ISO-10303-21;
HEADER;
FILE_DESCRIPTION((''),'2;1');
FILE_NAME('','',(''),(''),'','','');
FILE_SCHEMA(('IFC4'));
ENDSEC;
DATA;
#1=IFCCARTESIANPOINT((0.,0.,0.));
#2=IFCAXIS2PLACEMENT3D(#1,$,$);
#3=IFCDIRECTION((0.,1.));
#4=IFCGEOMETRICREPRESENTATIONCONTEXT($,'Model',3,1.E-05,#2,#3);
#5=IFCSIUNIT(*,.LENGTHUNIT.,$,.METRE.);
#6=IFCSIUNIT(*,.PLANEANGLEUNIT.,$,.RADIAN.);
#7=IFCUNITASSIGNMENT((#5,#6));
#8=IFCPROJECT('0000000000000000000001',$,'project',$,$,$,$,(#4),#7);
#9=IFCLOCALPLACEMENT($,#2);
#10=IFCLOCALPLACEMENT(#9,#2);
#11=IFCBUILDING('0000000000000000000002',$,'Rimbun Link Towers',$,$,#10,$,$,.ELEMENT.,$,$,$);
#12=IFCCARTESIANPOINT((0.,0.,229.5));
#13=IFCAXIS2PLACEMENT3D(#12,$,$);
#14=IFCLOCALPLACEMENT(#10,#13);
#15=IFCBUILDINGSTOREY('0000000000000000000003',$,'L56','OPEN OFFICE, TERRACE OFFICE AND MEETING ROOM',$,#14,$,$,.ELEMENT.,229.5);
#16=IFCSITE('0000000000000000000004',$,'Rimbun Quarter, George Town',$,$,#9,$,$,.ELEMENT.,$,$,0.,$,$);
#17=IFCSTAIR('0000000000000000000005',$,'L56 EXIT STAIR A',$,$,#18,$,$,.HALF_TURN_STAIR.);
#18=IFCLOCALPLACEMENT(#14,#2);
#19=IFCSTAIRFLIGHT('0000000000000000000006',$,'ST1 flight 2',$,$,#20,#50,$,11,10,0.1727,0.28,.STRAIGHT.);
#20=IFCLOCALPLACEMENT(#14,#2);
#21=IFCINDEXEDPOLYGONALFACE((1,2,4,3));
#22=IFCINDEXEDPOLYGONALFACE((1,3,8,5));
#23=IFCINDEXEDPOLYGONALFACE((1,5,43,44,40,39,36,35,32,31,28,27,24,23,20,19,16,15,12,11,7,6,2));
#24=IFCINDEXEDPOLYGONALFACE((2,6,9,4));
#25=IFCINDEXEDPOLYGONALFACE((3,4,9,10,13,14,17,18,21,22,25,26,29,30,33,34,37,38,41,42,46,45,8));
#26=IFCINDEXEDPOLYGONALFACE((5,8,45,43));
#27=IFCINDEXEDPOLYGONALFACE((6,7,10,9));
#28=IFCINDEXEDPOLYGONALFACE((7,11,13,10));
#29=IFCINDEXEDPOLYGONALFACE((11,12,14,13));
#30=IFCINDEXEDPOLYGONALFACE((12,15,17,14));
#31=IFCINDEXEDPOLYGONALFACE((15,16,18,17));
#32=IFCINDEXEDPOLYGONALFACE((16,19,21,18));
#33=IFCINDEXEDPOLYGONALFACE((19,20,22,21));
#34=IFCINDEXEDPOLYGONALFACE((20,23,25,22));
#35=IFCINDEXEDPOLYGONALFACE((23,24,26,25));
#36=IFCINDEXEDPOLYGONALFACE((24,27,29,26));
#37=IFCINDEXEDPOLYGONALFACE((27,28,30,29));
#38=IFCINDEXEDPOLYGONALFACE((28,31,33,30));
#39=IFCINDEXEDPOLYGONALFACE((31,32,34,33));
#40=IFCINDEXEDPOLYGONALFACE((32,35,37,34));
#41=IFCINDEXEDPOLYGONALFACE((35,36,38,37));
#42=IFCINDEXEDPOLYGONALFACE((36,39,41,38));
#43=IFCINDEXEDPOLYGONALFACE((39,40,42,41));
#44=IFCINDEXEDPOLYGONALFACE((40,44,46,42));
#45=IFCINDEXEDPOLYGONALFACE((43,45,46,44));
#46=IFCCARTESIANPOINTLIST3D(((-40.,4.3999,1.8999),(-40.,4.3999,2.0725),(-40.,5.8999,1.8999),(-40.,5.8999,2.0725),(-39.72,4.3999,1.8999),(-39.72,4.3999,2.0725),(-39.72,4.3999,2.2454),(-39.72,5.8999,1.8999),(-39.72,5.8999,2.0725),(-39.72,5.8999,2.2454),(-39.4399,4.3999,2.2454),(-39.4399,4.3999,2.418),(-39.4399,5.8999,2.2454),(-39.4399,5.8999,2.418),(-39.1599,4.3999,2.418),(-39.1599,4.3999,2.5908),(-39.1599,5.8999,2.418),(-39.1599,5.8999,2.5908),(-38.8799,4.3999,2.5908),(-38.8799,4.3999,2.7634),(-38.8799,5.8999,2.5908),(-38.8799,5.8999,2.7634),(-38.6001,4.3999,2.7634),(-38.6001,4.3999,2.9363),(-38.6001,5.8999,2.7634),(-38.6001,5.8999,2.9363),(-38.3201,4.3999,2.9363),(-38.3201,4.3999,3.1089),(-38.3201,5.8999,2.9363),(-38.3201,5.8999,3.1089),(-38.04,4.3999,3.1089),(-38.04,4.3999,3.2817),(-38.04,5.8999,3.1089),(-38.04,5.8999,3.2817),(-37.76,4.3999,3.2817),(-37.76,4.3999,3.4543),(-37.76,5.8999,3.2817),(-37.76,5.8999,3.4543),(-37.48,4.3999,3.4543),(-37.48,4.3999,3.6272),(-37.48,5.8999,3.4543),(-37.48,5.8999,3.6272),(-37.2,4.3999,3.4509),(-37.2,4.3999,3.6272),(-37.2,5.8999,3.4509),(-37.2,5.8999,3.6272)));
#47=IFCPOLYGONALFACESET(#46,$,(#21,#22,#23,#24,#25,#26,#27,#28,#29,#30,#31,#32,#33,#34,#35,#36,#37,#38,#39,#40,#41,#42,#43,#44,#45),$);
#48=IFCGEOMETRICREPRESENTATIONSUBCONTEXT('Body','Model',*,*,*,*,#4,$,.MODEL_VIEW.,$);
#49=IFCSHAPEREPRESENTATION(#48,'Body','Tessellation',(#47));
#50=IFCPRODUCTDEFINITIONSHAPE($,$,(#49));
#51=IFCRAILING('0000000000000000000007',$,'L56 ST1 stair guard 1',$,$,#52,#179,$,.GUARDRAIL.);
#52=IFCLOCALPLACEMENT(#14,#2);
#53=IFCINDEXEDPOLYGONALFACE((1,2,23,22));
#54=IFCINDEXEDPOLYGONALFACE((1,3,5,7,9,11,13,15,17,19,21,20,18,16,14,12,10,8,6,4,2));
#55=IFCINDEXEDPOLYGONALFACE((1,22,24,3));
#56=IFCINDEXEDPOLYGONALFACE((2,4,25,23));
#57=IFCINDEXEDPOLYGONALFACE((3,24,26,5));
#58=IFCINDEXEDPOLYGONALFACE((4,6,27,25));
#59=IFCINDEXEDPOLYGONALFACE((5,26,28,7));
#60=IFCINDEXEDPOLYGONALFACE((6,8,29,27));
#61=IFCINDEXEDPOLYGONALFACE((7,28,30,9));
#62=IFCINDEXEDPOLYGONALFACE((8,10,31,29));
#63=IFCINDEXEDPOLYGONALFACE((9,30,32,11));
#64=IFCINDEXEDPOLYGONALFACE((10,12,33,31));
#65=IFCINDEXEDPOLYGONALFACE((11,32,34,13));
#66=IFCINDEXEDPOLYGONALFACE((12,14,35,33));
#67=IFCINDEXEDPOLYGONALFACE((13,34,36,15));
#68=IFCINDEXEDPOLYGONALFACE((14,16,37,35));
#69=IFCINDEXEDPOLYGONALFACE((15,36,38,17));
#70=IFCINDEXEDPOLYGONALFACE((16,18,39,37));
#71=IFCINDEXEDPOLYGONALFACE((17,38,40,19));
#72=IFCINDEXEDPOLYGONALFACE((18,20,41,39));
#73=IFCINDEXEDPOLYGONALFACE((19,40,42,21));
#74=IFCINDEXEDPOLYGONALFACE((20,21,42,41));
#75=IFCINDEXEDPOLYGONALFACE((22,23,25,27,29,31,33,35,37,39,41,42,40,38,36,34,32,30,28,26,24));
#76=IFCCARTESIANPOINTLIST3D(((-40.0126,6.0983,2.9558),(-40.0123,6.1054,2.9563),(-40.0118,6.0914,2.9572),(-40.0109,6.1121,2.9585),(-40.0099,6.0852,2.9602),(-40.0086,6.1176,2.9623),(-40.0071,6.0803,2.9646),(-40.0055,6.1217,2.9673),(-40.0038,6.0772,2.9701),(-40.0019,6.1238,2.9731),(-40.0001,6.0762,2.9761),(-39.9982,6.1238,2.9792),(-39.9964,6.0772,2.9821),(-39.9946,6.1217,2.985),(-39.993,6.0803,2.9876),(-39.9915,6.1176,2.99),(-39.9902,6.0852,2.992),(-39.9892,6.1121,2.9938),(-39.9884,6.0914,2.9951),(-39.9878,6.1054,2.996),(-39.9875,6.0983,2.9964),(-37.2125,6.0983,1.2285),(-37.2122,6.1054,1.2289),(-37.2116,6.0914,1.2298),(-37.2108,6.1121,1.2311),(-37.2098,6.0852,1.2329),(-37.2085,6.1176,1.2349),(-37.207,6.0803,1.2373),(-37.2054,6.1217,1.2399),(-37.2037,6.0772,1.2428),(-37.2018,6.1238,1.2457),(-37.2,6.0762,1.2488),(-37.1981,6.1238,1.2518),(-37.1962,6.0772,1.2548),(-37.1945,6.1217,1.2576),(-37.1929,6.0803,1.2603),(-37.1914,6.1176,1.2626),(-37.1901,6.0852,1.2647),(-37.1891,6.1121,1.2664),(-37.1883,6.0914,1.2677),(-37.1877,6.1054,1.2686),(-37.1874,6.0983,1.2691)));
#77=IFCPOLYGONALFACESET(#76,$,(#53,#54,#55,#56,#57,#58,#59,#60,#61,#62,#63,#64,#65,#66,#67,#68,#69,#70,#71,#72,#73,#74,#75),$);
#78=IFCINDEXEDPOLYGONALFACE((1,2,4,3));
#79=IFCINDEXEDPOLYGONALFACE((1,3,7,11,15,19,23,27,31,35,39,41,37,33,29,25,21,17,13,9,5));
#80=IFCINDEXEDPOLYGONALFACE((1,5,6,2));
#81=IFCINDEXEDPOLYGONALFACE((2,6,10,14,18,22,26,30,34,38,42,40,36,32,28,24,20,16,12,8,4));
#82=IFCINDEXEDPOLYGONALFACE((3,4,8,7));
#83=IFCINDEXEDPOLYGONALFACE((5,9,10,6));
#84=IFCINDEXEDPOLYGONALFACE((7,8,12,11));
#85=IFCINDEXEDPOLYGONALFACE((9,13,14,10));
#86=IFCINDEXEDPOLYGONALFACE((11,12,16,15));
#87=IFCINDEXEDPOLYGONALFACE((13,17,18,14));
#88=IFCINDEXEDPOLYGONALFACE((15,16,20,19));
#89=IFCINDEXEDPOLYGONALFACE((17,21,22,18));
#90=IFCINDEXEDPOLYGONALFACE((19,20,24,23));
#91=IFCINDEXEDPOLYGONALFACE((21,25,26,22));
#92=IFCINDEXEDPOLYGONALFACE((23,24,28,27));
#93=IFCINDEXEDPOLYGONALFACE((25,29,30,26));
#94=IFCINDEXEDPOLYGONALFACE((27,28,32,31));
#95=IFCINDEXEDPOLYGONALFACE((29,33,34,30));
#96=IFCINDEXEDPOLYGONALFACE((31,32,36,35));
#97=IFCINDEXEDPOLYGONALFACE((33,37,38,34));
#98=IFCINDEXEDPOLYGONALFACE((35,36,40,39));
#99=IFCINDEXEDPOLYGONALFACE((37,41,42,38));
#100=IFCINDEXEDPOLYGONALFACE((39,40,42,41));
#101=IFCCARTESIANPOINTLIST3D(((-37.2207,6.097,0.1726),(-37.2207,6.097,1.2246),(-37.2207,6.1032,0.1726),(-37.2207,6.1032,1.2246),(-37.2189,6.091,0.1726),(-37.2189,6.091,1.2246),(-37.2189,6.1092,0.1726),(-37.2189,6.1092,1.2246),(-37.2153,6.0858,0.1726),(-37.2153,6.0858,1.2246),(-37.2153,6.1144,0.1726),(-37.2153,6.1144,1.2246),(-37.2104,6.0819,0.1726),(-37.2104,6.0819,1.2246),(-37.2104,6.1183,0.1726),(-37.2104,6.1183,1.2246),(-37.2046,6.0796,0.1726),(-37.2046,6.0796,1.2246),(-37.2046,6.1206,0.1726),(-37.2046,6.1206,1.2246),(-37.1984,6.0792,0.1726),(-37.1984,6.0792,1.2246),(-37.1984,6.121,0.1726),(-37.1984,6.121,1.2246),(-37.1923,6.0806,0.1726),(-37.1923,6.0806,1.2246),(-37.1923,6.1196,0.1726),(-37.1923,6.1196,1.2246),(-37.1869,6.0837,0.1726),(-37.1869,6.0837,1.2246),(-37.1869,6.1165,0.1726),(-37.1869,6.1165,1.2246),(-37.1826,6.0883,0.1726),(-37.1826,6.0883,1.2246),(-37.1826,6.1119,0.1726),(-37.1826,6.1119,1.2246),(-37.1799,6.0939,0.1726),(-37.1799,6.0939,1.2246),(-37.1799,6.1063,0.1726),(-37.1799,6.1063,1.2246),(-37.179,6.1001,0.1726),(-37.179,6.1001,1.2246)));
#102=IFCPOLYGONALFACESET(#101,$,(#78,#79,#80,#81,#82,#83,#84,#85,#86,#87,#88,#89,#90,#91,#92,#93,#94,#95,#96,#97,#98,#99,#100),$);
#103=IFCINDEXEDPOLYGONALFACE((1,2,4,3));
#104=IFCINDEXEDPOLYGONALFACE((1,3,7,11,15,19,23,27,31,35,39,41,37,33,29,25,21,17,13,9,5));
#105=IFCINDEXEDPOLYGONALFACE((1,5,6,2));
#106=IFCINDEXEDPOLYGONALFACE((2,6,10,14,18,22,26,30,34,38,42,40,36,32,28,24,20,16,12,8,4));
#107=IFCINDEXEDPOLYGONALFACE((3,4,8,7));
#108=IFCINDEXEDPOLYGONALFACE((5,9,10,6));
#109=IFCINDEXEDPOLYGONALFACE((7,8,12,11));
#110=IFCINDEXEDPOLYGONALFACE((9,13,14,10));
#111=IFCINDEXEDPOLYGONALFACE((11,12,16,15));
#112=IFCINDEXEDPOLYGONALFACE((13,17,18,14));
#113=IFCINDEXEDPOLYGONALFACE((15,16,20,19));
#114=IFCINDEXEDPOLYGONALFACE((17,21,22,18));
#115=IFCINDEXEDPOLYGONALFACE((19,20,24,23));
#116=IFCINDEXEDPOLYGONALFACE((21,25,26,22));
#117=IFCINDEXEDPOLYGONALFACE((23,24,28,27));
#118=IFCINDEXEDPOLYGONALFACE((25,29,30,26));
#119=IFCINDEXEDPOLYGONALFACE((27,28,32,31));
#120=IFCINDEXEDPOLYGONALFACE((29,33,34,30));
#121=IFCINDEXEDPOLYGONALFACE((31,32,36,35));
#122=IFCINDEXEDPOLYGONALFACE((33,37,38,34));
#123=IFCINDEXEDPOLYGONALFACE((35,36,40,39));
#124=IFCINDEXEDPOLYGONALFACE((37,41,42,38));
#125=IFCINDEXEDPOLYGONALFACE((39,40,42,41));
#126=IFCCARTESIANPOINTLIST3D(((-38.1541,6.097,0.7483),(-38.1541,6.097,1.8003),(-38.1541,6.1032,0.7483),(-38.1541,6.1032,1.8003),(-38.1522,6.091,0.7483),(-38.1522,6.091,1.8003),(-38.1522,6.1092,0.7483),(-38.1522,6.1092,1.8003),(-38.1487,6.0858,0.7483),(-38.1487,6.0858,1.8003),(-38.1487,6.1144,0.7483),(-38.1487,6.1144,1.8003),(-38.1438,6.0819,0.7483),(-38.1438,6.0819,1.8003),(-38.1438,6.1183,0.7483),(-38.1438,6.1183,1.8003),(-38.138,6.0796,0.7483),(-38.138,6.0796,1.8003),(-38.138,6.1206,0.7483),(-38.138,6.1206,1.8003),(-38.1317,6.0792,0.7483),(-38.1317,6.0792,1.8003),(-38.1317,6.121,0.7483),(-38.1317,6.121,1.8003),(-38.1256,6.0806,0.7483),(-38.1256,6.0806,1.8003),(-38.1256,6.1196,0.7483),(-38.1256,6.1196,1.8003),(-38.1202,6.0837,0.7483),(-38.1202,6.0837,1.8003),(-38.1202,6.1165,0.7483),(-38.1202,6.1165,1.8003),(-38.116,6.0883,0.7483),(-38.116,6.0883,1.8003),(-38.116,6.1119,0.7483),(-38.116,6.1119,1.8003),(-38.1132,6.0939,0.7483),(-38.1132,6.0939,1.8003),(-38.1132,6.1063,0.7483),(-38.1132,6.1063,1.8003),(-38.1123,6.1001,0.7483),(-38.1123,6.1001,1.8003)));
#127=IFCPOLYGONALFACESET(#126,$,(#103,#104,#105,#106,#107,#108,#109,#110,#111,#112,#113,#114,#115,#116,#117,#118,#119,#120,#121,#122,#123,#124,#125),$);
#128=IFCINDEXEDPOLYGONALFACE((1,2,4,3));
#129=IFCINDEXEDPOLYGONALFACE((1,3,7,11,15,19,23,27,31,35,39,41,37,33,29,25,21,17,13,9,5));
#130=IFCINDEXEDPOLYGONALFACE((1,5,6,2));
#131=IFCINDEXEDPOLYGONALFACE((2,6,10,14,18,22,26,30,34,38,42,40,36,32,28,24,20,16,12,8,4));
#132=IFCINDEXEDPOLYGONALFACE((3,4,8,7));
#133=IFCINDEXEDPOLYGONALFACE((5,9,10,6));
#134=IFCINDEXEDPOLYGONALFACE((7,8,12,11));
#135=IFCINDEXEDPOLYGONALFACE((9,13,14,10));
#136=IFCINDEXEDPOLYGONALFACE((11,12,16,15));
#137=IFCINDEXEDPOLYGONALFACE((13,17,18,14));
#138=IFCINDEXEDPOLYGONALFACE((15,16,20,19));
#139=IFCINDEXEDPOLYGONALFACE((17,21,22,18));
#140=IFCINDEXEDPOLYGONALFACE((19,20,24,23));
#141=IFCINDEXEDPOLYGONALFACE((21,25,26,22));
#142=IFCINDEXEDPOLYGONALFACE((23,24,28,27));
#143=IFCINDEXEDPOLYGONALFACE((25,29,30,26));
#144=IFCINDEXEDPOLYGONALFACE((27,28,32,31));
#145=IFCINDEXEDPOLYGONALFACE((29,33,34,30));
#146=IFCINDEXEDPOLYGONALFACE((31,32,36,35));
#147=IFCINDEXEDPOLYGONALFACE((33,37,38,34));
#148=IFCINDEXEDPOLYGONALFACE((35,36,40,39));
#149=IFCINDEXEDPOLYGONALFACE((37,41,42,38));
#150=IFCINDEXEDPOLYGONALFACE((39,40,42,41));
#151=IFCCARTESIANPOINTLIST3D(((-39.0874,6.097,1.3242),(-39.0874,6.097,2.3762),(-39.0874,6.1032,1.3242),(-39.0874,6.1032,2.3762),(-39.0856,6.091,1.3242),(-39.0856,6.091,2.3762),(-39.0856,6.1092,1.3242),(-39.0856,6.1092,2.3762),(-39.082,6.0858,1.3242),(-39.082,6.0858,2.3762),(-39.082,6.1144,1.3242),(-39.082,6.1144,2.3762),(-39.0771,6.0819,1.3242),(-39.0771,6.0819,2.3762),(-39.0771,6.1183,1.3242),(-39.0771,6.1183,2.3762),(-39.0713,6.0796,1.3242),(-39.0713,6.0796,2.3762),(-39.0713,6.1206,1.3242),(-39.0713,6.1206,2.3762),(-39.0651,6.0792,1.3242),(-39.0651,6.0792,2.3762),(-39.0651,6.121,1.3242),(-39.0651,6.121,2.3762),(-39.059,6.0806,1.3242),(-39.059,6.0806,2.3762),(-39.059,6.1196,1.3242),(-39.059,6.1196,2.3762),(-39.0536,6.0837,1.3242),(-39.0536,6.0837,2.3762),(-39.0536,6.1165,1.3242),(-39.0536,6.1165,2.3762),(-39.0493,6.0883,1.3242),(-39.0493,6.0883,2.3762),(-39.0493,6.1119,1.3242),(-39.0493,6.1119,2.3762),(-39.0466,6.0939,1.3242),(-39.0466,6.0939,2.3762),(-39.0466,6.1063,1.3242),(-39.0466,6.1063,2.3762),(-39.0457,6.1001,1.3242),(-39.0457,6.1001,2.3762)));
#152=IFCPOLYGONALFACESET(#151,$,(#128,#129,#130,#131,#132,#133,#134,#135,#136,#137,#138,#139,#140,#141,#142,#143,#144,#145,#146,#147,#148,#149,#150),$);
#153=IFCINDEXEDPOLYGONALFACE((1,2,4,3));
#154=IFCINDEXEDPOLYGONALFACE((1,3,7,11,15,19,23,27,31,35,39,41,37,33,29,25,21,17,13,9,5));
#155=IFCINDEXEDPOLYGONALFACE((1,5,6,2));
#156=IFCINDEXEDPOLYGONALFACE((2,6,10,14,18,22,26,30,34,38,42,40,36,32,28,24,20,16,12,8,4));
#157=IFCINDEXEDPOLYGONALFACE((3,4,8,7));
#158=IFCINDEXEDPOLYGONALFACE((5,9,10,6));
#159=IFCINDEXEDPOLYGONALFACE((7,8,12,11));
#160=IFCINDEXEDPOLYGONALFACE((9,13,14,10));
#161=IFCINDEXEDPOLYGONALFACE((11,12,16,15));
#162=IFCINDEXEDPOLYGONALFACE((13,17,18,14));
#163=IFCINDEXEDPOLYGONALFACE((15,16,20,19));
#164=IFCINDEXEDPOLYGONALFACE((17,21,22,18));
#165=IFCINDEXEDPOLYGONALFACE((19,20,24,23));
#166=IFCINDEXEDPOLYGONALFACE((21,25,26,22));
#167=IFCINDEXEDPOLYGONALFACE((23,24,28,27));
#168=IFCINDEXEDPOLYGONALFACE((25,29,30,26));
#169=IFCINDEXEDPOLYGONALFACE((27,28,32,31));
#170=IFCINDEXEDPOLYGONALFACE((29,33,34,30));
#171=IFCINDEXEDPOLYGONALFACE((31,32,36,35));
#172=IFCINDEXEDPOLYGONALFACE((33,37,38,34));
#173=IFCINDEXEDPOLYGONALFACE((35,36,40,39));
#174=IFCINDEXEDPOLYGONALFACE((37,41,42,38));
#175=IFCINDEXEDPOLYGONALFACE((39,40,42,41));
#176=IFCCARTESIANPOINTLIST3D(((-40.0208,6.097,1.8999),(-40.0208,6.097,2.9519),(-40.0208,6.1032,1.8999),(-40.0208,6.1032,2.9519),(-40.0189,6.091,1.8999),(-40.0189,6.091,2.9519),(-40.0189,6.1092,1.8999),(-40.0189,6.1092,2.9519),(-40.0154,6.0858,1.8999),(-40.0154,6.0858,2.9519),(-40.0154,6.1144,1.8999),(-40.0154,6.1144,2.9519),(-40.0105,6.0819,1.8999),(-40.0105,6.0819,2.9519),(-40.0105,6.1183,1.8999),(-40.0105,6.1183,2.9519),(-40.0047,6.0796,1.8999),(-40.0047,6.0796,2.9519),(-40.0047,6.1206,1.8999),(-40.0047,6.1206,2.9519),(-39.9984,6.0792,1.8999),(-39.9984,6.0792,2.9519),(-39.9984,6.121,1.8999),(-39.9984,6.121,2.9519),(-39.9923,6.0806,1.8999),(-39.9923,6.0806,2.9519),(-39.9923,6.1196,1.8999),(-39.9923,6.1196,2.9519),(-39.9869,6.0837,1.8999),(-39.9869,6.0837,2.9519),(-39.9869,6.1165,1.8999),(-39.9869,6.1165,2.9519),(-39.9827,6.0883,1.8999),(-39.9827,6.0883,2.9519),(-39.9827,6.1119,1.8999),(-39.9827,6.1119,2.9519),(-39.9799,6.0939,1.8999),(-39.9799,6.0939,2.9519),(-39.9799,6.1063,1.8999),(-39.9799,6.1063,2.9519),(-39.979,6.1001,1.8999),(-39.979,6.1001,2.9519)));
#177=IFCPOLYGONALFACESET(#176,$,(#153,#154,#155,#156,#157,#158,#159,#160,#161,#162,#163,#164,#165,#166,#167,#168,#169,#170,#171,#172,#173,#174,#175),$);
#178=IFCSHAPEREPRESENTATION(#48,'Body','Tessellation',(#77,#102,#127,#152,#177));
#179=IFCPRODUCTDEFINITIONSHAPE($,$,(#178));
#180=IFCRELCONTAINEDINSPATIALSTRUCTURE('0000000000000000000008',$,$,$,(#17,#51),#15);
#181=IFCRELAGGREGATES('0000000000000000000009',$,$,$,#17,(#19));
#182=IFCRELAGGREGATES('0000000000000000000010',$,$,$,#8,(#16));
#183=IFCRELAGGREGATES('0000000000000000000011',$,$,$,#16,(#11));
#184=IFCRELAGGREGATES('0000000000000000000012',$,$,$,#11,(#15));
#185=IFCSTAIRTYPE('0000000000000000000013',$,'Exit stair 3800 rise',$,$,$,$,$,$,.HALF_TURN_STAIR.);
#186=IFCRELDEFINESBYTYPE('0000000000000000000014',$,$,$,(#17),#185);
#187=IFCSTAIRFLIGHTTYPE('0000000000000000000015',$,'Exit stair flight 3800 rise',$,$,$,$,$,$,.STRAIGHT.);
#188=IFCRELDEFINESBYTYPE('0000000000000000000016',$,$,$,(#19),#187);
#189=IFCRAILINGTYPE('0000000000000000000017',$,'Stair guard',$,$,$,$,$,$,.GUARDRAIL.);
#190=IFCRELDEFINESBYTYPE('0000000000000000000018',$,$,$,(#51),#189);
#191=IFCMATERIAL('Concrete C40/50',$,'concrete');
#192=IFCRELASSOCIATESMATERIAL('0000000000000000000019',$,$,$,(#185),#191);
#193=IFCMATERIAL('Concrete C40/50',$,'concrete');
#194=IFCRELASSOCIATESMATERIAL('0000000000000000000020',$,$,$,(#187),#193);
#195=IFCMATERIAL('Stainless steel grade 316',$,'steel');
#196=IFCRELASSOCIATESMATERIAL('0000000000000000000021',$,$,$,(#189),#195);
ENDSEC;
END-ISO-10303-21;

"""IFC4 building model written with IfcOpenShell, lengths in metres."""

from ifc_helpers import new_model, si_unit, direction, frame, origin, origin_2d, place, context, subcontext, project, spatial, polyline, circle, outline, extrude, material, type_object, element, aggregate, save


model = new_model("IFC4")

# Units and contexts
model_context = context("Model", 3, precision=1e-05, world=origin(), true_north=direction((0.0, 1.0)))
body_context = subcontext(model_context, "Body", "Model", "MODEL_VIEW")
ifc_project = project(units=[si_unit("LENGTHUNIT", "METRE"), si_unit("PLANEANGLEUNIT", "RADIAN")], contexts=[model_context])

# Site, building, storey
site_placement = place(None, origin())
site = spatial("IfcSite", under=ifc_project, at=site_placement, Name="Rimbun Quarter, George Town", CompositionType="ELEMENT", RefElevation=0.0)
building_placement = place(site_placement, origin())
building = spatial("IfcBuilding", under=site, at=building_placement, Name="Rimbun Link Towers", CompositionType="ELEMENT")
storey_placement = place(building_placement, frame((0.0, 0.0, 229.5)))
storey = spatial("IfcBuildingStorey", under=building, at=storey_placement, Name="L56", Description="OPEN OFFICE, TERRACE OFFICE AND MEETING ROOM", CompositionType="ELEMENT", Elevation=229.5)

# Stair, stair flight
ifc_material_1 = material(Name="Concrete C40/50", Category="concrete")
stair_type = type_object("IfcStairType", Name="Exit stair 3800 rise", PredefinedType="HALF_TURN_STAIR", material=ifc_material_1)
stair_placement = place(storey_placement, origin())
stair = element("IfcStair", 1, at=stair_placement, inside=storey, type_object=stair_type, Name="L56 EXIT STAIR A", PredefinedType="HALF_TURN_STAIR")
ifc_material_2 = material(Name="Concrete C40/50", Category="concrete")
stair_flight_type = type_object("IfcStairFlightType", Name="Exit stair flight 3800 rise", PredefinedType="STRAIGHT", material=ifc_material_2)
stair_flight_1_placement = place(storey_placement, frame((-40.0, 5.1499, 1.8999), z_axis=(0.0, 0.0, 1.0), x_axis=(1.0, 0.0, 0.0)))
stair_flight_1 = element("IfcStairFlight", 2, at=stair_flight_1_placement, type_object=stair_flight_type, Name="ST1 flight 2", NumberOfRisers=11, NumberOfTreads=10, PredefinedType="STRAIGHT", RiserHeight=0.1727, TreadLength=0.28, context=body_context, shape_type="SweptSolid", body=[
    extrude(outline(polyline([(0.0, 0.0), (0.0, 0.1726), (0.28, 0.1726), (0.28, 0.3455), (0.5601, 0.3455), (0.5601, 0.5181), (0.8401, 0.5181), (0.8401, 0.6909), (1.1201, 0.6909), (1.1201, 0.8635), (1.3999, 0.8635), (1.3999, 1.0364), (1.6799, 1.0364), (1.6799, 1.209), (1.96, 1.209), (1.96, 1.3818), (2.24, 1.3818), (2.24, 1.5544), (2.52, 1.5544), (2.52, 1.7273), (2.8, 1.7273), (2.8, 1.8999), (2.8, 1.551), (0.28, 0.0), (0.0, 0.0)])), frame((0.0, 0.75, 0.0), z_axis=(0.0, -1.0, 0.0), x_axis=(1.0, 0.0, 0.0)), (0.0, 0.0, 1.0), 1.5),
])
aggregate(stair, [stair_flight_1])

# Railing
ifc_material_3 = material(Name="Stainless steel grade 316", Category="steel")
railing_type_1 = type_object("IfcRailingType", Name="Stair guard", PredefinedType="GUARDRAIL", material=ifc_material_3)
railing_1_placement = place(storey_placement, frame((-37.2, 6.1001, 0.1726)))
element("IfcRailing", 3, at=railing_1_placement, inside=storey, type_object=railing_type_1, Name="L56 ST1 stair guard 1", PredefinedType="GUARDRAIL", context=body_context, shape_type="SweptSolid", body=[
    extrude(circle(Radius=0.0239, at=origin_2d()), frame((0.0, 0.0, 1.0762), z_axis=(-0.85109, 0.0, 0.52502), x_axis=(0.0, -1.0, 0.0)), (0.0, 0.0, 1.0), 3.29),
    extrude(circle(Radius=0.021, at=origin_2d()), origin(), (0.0, 0.0, 1.0), 1.052),
    extrude(circle(Radius=0.021, at=origin_2d()), frame((-0.9333, 0.0, 0.5757)), (0.0, 0.0, 1.0), 1.052),
    extrude(circle(Radius=0.021, at=origin_2d()), frame((-1.8667, 0.0, 1.1516)), (0.0, 0.0, 1.0), 1.052),
    extrude(circle(Radius=0.021, at=origin_2d()), frame((-2.8, 0.0, 1.7273)), (0.0, 0.0, 1.0), 1.052),
])

save(model, "model.ifc")
